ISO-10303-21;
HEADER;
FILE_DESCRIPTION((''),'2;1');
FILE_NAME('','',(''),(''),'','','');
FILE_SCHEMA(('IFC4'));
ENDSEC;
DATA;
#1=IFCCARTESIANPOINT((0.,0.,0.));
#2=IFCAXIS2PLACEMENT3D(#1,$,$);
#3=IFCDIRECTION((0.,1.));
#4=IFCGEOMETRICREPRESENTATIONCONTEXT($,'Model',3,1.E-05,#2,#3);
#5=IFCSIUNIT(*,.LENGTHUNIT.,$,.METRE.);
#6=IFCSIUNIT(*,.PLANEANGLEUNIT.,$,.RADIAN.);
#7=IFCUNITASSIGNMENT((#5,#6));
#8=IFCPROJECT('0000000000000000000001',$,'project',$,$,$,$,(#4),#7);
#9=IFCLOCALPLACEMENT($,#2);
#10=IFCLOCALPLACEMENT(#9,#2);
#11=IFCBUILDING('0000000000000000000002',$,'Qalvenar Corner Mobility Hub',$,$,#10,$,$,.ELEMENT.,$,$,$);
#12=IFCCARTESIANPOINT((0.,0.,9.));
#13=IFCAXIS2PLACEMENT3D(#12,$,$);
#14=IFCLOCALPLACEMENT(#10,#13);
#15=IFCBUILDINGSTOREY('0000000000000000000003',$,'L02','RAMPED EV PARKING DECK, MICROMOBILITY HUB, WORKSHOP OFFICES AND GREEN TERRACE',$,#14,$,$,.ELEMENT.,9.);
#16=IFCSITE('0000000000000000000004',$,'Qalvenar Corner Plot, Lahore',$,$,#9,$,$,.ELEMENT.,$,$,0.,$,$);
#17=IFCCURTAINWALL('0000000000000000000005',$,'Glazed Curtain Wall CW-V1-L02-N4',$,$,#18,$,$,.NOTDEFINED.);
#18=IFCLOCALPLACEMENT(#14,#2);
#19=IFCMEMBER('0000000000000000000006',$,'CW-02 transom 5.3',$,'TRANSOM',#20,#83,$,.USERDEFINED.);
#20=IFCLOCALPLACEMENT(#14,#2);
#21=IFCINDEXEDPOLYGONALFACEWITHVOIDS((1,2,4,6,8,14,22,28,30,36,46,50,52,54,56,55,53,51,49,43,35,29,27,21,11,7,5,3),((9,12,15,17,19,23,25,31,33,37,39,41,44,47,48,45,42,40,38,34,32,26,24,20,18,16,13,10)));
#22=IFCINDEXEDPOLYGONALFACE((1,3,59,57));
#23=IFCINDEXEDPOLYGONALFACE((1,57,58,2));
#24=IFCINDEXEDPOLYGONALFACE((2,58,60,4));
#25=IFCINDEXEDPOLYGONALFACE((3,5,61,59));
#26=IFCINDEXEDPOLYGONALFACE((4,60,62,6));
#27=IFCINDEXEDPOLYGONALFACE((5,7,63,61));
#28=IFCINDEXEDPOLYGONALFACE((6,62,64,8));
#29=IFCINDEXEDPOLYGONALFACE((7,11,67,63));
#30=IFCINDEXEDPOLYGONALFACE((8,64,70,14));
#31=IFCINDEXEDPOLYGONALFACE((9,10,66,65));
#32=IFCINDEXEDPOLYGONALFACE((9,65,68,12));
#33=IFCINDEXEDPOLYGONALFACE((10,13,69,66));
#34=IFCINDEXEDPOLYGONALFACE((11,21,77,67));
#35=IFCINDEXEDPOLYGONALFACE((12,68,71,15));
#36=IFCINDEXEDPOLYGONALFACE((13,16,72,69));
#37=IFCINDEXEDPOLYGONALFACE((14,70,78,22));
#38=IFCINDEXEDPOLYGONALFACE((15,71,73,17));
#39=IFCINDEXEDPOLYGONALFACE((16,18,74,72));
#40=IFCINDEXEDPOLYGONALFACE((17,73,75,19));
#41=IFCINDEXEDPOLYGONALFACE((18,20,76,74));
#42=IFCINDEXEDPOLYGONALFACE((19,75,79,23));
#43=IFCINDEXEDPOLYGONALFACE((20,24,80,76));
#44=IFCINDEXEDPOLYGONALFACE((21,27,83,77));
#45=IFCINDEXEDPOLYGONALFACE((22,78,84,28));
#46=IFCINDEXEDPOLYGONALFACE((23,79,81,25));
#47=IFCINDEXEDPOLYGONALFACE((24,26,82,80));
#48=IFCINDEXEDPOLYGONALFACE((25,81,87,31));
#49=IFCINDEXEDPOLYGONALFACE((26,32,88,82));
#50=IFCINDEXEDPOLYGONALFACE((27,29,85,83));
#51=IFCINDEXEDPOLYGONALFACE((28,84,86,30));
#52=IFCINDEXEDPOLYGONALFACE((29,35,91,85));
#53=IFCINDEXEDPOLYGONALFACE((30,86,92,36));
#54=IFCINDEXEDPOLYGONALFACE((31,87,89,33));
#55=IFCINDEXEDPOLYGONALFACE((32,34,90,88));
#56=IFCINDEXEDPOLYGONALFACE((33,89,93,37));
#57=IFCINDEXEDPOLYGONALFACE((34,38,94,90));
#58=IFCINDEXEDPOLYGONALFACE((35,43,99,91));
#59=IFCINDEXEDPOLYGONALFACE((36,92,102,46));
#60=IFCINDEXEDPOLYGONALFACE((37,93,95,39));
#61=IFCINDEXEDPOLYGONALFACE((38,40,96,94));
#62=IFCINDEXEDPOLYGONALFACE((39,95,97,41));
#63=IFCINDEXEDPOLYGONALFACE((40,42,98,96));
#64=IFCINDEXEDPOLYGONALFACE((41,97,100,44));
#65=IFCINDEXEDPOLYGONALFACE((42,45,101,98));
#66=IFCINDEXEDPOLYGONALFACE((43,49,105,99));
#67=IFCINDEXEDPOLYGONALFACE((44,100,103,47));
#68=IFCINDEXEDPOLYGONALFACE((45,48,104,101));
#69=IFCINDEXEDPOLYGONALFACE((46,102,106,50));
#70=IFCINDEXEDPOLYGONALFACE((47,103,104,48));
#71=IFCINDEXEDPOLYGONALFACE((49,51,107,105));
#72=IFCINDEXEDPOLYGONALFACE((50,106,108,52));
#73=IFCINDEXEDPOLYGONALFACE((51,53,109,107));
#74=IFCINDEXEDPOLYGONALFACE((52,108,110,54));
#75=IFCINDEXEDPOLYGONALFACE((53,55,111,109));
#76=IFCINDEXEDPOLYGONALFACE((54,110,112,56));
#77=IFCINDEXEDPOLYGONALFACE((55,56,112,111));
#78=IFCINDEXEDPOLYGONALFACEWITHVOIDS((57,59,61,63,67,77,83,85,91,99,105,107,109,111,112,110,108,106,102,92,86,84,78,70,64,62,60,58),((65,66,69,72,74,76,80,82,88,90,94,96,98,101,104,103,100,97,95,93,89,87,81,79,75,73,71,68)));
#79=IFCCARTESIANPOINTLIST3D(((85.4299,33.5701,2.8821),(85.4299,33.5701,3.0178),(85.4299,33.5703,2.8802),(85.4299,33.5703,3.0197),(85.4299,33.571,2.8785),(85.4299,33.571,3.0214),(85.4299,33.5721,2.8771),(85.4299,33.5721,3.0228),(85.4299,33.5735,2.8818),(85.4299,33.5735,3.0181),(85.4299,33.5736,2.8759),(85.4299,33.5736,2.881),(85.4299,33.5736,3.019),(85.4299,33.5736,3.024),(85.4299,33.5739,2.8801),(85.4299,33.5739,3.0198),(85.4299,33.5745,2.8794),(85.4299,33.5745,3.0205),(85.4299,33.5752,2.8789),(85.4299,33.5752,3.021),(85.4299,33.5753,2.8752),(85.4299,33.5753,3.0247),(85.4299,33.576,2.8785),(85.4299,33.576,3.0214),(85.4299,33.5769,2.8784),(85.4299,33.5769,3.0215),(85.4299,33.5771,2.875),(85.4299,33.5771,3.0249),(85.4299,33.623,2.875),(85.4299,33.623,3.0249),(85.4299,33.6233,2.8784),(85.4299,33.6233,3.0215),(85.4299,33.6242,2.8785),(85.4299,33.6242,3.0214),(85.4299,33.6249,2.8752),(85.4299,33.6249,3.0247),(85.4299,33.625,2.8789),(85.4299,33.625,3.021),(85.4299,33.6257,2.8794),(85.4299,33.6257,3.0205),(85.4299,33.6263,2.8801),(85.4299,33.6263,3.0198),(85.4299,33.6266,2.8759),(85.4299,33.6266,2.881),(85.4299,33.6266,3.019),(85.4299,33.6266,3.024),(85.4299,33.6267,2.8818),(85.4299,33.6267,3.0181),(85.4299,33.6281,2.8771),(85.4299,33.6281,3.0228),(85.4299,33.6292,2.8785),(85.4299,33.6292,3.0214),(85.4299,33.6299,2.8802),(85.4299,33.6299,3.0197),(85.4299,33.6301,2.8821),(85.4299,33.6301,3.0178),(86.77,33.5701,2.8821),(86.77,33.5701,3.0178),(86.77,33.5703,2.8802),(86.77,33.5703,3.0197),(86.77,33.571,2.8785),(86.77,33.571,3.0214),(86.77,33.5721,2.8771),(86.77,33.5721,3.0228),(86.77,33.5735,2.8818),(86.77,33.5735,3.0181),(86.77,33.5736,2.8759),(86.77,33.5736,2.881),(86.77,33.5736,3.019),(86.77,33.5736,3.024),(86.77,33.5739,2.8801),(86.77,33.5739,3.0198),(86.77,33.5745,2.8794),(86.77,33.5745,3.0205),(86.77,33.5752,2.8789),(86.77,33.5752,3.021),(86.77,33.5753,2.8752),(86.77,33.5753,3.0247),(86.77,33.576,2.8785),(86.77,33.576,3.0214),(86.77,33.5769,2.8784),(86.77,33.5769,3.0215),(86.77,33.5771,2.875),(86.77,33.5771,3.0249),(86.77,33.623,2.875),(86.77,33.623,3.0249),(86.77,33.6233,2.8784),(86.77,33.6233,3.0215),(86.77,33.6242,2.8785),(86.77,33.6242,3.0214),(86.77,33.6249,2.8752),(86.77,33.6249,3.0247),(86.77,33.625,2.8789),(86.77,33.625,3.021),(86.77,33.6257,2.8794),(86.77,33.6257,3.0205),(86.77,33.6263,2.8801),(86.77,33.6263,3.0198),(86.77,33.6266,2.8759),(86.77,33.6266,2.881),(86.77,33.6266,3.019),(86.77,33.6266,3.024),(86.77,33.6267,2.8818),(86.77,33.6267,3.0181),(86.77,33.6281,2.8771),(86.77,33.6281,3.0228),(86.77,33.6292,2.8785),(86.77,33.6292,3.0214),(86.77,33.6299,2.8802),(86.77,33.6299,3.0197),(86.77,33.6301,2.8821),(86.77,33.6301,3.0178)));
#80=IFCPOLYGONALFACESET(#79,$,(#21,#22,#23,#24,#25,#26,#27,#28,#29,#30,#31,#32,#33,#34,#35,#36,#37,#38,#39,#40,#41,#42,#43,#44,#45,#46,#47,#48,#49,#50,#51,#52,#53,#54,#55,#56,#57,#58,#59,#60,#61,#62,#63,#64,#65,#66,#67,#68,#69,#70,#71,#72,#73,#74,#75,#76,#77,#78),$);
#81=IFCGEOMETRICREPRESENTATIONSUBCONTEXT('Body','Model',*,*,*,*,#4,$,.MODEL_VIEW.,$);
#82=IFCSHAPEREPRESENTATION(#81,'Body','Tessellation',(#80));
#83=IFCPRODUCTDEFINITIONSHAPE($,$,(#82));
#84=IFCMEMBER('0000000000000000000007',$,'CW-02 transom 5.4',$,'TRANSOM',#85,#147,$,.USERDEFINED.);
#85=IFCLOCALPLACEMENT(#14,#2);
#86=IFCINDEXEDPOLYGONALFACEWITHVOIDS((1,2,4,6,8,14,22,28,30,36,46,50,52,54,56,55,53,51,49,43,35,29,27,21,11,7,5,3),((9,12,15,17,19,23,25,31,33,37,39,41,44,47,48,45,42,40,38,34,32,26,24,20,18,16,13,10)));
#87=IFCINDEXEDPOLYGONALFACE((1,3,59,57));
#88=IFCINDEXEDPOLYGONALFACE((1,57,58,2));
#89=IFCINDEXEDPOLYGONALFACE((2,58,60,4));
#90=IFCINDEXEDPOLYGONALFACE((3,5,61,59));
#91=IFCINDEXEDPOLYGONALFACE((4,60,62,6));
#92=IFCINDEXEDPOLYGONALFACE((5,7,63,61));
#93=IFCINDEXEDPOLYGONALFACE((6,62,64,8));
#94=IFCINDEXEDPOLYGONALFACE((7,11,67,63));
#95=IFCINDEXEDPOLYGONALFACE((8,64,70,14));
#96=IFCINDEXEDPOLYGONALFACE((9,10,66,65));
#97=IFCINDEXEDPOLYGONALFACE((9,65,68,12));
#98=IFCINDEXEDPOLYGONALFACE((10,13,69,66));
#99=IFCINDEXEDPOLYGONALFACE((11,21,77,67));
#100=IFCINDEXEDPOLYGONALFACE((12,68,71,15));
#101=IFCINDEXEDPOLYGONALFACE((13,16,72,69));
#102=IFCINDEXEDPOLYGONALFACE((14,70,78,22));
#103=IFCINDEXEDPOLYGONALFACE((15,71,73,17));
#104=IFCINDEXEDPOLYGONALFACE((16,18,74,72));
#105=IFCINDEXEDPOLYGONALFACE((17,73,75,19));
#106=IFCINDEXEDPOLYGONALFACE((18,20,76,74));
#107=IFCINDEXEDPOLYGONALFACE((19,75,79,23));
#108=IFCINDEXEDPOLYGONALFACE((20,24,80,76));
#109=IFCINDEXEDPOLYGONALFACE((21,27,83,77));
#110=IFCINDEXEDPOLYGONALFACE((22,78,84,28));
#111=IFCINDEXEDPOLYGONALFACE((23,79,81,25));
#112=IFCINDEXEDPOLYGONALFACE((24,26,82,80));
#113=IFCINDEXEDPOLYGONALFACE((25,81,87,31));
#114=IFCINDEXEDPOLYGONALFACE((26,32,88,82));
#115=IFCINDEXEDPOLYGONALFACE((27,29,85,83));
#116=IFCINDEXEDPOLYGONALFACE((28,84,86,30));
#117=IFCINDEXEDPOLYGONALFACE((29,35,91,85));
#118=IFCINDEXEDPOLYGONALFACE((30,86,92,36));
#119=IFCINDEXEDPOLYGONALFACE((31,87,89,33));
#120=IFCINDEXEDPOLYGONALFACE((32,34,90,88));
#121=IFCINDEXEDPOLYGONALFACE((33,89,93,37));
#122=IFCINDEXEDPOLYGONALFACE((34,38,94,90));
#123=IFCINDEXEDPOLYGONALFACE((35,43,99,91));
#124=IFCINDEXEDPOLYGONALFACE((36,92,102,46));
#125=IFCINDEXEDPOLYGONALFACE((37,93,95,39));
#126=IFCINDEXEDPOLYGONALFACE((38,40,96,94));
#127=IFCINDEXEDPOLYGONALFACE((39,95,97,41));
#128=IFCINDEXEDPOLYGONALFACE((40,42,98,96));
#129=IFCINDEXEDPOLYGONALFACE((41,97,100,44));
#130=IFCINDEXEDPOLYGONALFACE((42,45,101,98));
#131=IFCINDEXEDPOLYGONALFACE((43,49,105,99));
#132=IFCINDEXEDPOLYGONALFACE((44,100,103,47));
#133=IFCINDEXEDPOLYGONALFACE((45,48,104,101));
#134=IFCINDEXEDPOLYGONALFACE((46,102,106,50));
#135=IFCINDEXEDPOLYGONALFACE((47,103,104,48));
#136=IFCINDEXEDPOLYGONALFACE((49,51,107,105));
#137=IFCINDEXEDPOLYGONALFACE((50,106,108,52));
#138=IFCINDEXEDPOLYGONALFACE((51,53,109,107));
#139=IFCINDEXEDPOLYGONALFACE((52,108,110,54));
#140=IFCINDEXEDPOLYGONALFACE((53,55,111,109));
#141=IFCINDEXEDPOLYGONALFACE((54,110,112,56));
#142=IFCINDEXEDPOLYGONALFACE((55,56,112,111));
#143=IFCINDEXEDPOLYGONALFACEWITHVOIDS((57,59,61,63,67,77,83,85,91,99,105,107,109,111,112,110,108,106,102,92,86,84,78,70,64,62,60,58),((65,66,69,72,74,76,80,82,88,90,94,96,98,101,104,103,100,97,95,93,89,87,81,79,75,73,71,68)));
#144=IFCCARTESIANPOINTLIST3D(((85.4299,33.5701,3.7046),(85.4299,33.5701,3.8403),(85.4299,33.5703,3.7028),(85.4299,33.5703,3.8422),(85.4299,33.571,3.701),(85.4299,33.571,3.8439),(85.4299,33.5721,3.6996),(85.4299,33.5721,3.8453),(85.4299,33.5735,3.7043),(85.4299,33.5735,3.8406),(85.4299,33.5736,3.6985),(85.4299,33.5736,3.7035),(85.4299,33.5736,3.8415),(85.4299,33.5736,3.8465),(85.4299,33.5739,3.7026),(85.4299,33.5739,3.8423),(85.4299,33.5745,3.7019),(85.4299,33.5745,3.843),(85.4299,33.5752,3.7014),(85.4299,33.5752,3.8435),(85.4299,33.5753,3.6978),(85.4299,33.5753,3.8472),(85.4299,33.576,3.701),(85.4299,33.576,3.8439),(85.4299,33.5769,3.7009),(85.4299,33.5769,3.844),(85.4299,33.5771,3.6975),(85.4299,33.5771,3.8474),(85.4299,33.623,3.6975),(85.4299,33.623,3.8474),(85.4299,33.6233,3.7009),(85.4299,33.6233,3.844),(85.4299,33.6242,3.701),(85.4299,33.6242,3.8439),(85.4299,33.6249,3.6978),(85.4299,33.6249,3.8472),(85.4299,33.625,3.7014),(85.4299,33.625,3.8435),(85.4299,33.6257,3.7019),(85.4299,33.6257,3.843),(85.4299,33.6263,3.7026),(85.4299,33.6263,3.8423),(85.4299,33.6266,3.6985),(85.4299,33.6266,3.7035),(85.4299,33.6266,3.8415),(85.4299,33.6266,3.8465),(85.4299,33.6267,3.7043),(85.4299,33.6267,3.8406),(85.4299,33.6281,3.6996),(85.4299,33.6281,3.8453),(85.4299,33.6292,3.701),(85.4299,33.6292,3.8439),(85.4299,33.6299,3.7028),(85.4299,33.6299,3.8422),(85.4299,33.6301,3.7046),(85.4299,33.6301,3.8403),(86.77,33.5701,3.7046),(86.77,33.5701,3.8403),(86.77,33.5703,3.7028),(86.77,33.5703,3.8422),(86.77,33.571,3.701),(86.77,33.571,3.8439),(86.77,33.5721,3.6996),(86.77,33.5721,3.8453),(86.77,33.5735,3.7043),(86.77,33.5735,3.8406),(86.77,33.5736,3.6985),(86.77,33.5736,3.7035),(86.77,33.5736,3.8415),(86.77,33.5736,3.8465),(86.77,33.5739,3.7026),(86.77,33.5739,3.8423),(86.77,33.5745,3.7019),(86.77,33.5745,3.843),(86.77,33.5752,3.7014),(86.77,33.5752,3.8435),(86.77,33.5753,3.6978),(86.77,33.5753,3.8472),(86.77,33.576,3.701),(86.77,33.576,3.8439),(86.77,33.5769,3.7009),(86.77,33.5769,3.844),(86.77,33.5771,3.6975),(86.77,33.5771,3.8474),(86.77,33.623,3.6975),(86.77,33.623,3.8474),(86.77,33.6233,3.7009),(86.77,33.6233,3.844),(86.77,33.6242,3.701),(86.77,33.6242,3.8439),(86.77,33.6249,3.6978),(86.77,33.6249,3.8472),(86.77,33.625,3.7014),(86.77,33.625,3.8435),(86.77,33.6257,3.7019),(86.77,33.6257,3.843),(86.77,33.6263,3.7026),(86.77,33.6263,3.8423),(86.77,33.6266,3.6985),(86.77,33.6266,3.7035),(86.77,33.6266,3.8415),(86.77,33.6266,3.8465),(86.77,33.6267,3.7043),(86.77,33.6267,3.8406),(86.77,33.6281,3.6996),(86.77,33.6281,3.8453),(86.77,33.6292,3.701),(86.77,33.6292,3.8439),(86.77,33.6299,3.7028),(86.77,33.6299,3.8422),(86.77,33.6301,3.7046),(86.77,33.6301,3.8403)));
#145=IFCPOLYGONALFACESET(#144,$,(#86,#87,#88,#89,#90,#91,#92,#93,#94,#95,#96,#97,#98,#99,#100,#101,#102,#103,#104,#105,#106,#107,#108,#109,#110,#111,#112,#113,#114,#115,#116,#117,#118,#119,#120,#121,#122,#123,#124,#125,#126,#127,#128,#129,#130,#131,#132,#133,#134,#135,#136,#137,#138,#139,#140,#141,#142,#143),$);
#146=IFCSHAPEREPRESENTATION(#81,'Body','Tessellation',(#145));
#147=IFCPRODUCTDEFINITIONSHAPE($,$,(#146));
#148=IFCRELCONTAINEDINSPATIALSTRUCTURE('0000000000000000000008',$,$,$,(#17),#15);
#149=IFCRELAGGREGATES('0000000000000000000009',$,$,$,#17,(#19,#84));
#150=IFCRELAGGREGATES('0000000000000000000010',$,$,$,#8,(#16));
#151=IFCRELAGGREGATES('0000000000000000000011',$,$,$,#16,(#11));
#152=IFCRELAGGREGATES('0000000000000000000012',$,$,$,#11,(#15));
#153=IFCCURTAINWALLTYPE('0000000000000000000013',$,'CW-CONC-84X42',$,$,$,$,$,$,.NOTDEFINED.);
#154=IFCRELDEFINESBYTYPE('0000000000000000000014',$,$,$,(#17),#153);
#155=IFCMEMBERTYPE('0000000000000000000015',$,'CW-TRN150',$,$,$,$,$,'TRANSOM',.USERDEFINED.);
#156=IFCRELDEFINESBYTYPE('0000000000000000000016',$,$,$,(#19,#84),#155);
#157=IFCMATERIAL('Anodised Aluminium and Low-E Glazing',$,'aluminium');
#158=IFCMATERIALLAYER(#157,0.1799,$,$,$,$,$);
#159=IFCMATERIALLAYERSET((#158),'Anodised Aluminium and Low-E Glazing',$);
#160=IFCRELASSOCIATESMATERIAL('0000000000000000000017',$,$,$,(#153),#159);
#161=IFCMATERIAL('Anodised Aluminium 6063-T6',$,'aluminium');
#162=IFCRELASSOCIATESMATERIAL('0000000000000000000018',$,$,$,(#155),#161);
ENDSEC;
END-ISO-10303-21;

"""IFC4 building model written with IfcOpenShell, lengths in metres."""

from ifc_helpers import new_model, si_unit, direction, frame, origin, origin_2d, place, context, subcontext, project, spatial, hollow_rectangle, extrude, material, layer, layer_set, material_profile, profile_set, type_object, element, aggregate, save


model = new_model("IFC4")

# Units and contexts
model_context = context("Model", 3, precision=1e-05, world=origin(), true_north=direction((0.0, 1.0)))
body_context = subcontext(model_context, "Body", "Model", "MODEL_VIEW")
ifc_project = project(units=[si_unit("LENGTHUNIT", "METRE"), si_unit("PLANEANGLEUNIT", "RADIAN")], contexts=[model_context])

# Site, building, storey
site_placement = place(None, origin())
site = spatial("IfcSite", under=ifc_project, at=site_placement, Name="Qalvenar Corner Plot, Lahore", CompositionType="ELEMENT", RefElevation=0.0)
building_placement = place(site_placement, origin())
building = spatial("IfcBuilding", under=site, at=building_placement, Name="Qalvenar Corner Mobility Hub", CompositionType="ELEMENT")
storey_placement = place(building_placement, frame((0.0, 0.0, 9.0)))
storey = spatial("IfcBuildingStorey", under=building, at=storey_placement, Name="L02", Description="RAMPED EV PARKING DECK, MICROMOBILITY HUB, WORKSHOP OFFICES AND GREEN TERRACE", CompositionType="ELEMENT", Elevation=9.0)

# Curtain wall
ifc_material_1 = material(Name="Anodised Aluminium and Low-E Glazing", Category="aluminium")
ifc_layer_1 = layer(ifc_material_1, 0.1799)
ifc_layer_set_1 = layer_set([ifc_layer_1], Name="Anodised Aluminium and Low-E Glazing")
curtain_wall_type = type_object("IfcCurtainWallType", Name="CW-CONC-84X42", PredefinedType="NOTDEFINED", material=ifc_layer_set_1)
ifc_material_2 = material(Name="Anodised Aluminium 6063-T6", Category="aluminium")
curtain_wall_1_placement = place(storey_placement, origin())
curtain_wall_1 = element("IfcCurtainWall", 1, at=curtain_wall_1_placement, inside=storey, type_object=curtain_wall_type, Name="Glazed Curtain Wall CW-V1-L02-N4", PredefinedType="NOTDEFINED")

# Members
ifc_material_profile_1 = material_profile(ifc_material_2, hollow_rectangle(XDim=0.0601, YDim=0.1499, WallThickness=0.0034, InnerFilletRadius=0.0034, OuterFilletRadius=0.0071, at=origin_2d()), Name="RHS150x60x3.5")
ifc_profile_set_1 = profile_set([ifc_material_profile_1], Name="Anodised Aluminium 6063-T6")
member_type_1 = type_object("IfcMemberType", Name="CW-TRN150", ElementType="TRANSOM", PredefinedType="USERDEFINED", material=ifc_profile_set_1)
member_1_placement = place(storey_placement, frame((86.77, 33.6001, 2.95), z_axis=(-1.0, 0.0, 0.0), x_axis=(0.0, -1.0, 0.0)))
member_1 = element("IfcMember", 2, at=member_1_placement, type_object=member_type_1, Name="CW-02 transom 5.3", ObjectType="TRANSOM", PredefinedType="USERDEFINED", context=body_context, shape_type="SweptSolid", body=[
    extrude(hollow_rectangle(XDim=0.0601, YDim=0.1499, WallThickness=0.0034, InnerFilletRadius=0.0034, OuterFilletRadius=0.0071, at=origin_2d()), origin(), (0.0, 0.0, 1.0), 1.3401),
])
member_2_placement = place(storey_placement, frame((86.77, 33.6001, 3.7725), z_axis=(-1.0, 0.0, 0.0), x_axis=(0.0, -1.0, 0.0)))
member_2 = element("IfcMember", 3, at=member_2_placement, type_object=member_type_1, Name="CW-02 transom 5.4", ObjectType="TRANSOM", PredefinedType="USERDEFINED", context=body_context, shape_type="SweptSolid", body=[
    extrude(hollow_rectangle(XDim=0.0601, YDim=0.1499, WallThickness=0.0034, InnerFilletRadius=0.0034, OuterFilletRadius=0.0071, at=origin_2d()), origin(), (0.0, 0.0, 1.0), 1.3401),
])

aggregate(curtain_wall_1, [member_1, member_2])

save(model, "model.ifc")
